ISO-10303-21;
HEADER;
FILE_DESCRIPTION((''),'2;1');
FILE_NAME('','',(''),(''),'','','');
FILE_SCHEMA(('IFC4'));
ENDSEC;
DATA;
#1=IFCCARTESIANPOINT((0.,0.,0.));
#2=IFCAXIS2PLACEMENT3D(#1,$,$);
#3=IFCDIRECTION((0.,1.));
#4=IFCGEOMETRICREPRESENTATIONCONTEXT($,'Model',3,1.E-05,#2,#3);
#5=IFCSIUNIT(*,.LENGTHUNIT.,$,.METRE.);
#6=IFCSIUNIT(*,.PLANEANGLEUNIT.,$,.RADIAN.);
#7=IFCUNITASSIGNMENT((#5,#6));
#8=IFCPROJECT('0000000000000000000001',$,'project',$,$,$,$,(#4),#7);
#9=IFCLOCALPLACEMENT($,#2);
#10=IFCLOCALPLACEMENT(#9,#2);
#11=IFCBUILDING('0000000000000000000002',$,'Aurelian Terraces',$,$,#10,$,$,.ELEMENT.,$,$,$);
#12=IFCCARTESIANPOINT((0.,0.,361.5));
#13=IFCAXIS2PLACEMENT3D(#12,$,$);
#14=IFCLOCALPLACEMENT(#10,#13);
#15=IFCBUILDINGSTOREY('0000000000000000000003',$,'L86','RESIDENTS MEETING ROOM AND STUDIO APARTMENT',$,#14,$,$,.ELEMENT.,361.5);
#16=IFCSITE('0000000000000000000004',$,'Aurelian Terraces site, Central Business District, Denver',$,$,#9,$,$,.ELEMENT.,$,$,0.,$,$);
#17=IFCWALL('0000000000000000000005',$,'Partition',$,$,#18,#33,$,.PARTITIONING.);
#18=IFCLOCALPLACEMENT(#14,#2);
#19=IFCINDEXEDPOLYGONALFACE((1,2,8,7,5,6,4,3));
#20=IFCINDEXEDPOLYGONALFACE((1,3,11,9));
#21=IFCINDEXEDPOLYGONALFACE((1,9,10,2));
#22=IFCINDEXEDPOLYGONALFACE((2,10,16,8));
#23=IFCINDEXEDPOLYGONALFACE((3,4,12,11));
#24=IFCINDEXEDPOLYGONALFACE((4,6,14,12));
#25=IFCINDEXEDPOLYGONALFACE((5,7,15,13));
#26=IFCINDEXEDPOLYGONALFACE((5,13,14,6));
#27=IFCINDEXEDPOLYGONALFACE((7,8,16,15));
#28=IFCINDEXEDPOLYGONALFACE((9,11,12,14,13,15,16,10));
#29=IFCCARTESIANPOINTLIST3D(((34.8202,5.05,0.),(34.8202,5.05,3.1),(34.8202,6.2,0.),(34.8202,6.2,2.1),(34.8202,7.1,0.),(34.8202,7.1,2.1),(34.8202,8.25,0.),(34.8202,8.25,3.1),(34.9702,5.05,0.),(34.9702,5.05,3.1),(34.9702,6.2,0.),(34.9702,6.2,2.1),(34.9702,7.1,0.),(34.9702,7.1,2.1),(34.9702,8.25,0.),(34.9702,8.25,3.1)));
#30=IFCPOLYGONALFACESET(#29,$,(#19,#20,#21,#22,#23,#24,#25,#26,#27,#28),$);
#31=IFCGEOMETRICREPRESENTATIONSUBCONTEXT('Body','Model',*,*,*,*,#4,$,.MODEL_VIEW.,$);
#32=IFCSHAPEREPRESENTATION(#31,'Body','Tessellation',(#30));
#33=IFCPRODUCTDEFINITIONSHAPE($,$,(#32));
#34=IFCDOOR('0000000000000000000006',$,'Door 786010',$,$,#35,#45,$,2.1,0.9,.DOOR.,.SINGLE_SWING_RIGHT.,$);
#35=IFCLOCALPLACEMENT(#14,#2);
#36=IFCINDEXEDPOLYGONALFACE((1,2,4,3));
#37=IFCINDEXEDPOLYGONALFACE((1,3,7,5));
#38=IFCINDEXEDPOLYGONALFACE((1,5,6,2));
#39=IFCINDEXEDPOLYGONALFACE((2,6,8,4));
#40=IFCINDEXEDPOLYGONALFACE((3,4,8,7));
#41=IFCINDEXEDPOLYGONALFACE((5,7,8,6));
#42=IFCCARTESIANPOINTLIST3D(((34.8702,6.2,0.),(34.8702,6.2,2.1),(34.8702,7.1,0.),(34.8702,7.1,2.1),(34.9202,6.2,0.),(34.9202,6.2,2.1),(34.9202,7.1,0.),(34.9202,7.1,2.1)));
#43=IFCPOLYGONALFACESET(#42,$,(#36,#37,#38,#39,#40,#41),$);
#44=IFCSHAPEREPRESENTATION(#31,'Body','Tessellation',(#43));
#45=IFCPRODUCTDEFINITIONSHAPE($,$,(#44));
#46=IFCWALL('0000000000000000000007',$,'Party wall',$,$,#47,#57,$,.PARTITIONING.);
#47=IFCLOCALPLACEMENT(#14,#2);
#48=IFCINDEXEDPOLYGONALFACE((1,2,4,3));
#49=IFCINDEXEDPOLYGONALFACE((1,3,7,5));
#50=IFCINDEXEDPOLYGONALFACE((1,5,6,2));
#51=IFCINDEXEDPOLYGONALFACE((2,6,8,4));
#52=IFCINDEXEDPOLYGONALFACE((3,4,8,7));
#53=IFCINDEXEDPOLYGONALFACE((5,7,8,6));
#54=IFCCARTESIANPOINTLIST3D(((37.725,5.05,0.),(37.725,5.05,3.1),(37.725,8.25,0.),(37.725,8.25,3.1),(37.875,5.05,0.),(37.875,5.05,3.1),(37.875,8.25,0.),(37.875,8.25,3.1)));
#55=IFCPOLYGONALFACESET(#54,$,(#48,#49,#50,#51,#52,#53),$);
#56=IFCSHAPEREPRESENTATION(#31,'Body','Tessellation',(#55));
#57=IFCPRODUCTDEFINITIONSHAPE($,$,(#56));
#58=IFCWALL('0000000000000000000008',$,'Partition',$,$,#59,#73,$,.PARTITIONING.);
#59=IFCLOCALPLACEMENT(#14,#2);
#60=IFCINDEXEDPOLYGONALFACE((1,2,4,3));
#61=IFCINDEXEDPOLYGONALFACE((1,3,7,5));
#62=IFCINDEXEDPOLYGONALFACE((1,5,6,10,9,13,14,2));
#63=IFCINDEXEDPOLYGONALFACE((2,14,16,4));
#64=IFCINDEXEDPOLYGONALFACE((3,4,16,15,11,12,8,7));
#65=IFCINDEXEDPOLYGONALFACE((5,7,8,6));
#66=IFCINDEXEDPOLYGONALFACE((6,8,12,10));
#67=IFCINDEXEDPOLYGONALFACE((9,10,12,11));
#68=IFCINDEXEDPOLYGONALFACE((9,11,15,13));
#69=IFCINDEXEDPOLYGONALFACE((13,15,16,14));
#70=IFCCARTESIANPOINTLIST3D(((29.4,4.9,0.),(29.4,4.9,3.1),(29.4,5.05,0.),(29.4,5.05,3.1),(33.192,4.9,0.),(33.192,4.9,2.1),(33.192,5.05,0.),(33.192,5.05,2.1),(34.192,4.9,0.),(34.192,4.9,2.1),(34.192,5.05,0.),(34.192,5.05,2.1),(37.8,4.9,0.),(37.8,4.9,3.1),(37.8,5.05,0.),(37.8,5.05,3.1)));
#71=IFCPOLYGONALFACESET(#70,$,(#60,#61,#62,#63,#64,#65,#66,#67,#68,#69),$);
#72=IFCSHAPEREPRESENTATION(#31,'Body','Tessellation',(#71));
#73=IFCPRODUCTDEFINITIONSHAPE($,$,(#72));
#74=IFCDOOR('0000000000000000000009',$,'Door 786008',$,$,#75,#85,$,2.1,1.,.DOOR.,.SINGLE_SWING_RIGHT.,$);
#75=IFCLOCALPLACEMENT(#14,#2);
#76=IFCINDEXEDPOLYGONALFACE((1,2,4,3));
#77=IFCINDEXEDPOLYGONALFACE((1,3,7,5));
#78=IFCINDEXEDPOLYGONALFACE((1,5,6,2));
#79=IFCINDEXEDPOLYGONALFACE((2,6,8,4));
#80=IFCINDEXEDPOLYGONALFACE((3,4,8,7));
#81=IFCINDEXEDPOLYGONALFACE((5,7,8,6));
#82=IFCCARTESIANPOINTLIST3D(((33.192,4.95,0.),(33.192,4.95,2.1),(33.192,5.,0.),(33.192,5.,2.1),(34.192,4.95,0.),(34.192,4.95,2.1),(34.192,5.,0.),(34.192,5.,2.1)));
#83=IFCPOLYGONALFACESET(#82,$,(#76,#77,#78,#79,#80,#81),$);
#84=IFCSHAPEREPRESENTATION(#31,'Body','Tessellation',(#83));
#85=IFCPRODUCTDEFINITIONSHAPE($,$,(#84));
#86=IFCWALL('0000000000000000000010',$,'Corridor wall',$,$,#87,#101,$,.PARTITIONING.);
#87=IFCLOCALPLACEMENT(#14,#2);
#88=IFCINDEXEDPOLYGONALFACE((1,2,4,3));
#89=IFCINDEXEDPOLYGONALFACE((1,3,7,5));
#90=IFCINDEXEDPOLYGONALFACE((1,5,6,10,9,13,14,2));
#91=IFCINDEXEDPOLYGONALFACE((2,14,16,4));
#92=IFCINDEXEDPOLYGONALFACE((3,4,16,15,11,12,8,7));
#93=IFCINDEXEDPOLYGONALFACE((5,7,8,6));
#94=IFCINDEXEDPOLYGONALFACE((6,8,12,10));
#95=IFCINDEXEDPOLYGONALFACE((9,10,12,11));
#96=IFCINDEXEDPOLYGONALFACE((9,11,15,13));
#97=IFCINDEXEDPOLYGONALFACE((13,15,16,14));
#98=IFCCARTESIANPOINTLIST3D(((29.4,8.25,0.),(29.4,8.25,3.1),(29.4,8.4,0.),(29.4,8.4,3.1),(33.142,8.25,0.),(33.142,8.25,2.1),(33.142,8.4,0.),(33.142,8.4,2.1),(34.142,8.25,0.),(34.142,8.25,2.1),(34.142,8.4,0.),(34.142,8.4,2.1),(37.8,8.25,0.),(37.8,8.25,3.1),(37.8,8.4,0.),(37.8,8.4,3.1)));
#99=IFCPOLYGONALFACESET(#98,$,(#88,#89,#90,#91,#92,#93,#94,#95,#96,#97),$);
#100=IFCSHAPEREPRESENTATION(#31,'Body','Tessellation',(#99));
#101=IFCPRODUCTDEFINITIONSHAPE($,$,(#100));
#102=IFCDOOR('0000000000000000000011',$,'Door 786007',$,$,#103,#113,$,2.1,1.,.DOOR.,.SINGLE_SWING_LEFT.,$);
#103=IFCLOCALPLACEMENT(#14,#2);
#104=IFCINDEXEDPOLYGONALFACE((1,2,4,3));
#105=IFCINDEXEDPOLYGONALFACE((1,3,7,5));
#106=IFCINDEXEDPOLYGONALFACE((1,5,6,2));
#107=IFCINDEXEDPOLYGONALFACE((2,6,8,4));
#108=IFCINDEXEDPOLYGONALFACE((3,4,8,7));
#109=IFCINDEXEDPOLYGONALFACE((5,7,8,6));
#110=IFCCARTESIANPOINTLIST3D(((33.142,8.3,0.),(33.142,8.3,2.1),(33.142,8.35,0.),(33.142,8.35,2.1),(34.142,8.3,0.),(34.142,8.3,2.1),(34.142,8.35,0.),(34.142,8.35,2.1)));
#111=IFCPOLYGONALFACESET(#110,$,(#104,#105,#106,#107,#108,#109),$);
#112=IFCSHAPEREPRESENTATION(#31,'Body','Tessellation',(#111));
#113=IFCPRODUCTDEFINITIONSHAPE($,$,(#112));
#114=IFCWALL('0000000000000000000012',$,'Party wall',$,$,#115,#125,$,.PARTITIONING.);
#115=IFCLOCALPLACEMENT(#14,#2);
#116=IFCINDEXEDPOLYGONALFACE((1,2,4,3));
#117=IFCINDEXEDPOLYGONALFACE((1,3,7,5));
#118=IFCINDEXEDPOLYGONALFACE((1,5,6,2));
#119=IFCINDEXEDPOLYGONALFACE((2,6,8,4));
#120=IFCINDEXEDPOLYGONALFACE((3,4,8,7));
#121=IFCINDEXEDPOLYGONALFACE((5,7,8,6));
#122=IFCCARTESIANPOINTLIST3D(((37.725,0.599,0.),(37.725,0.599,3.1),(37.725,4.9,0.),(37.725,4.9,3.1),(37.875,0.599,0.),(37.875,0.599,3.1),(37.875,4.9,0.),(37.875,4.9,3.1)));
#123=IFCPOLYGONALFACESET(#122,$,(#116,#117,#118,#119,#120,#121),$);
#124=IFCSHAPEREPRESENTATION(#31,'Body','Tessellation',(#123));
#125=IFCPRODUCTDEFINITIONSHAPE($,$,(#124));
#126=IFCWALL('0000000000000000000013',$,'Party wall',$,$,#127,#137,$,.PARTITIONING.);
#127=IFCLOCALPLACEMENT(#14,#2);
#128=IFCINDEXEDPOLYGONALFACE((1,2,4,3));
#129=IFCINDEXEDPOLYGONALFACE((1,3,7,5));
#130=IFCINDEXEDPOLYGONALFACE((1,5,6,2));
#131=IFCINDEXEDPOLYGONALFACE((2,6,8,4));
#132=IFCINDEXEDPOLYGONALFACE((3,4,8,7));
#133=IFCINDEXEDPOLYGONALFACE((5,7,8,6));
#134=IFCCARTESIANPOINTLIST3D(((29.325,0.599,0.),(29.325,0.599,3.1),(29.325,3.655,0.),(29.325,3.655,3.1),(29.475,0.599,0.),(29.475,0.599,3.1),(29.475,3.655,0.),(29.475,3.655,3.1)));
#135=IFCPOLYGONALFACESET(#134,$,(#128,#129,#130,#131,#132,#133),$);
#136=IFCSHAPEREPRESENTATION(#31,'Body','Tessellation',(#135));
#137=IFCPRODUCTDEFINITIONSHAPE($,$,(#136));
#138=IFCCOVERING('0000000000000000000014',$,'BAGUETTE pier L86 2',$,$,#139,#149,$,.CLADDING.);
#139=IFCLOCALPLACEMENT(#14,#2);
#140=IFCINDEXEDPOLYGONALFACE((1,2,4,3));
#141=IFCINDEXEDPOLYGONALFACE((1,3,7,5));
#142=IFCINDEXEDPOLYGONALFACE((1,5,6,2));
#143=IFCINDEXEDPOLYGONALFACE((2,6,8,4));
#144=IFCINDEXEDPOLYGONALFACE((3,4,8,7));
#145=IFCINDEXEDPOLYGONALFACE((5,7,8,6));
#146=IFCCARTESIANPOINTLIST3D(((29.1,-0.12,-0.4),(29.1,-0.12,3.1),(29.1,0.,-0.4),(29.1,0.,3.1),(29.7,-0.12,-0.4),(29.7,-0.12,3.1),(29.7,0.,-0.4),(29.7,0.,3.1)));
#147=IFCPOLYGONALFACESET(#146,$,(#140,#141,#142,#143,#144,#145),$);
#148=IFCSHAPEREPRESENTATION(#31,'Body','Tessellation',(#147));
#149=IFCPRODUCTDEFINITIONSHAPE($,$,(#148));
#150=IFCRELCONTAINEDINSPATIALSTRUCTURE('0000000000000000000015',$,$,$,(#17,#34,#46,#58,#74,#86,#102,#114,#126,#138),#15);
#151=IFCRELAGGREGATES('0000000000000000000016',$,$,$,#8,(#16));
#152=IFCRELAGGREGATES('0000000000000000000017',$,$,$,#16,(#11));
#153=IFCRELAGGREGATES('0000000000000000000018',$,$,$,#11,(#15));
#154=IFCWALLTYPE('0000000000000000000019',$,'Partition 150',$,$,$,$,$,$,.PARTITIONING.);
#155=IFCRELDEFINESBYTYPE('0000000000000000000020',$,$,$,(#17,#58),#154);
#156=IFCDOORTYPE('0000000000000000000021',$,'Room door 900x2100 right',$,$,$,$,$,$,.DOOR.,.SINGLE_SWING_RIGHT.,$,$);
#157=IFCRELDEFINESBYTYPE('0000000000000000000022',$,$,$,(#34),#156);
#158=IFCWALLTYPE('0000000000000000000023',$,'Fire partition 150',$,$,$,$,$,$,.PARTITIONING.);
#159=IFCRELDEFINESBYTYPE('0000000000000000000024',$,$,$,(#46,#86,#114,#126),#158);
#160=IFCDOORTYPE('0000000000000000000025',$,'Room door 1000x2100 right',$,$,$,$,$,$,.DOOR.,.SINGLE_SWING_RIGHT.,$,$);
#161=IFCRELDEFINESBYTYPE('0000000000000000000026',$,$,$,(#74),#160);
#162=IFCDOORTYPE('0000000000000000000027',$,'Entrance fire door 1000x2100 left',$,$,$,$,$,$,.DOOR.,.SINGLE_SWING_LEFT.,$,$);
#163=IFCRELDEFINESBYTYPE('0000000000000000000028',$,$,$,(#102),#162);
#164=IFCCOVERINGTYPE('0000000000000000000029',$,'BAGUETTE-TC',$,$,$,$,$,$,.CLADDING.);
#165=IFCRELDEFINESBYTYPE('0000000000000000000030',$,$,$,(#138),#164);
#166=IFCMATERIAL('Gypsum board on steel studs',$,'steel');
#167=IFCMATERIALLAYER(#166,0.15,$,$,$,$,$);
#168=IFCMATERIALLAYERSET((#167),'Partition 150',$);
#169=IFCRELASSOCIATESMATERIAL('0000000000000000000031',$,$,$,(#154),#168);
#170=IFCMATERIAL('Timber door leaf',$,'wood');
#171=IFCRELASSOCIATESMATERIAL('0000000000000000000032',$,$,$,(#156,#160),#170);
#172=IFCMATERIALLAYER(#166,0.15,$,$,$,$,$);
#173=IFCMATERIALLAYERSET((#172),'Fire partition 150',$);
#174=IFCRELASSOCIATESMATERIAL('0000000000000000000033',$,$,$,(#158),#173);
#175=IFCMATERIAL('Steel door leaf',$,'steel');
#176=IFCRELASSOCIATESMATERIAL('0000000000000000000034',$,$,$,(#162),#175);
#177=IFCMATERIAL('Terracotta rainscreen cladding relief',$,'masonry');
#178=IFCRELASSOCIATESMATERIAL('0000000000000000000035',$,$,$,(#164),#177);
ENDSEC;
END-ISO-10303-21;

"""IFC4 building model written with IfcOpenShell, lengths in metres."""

from ifc_helpers import new_model, si_unit, direction, frame, frame_2d, origin, origin_2d, place, context, subcontext, project, spatial, rectangle, extrude, source, transform, mapped, material, layer, layer_set, type_object, element, fill, save


model = new_model("IFC4")

# Units and contexts
model_context = context("Model", 3, precision=1e-05, world=origin(), true_north=direction((0.0, 1.0)))
body_context = subcontext(model_context, "Body", "Model", "MODEL_VIEW")
ifc_project = project(units=[si_unit("LENGTHUNIT", "METRE"), si_unit("PLANEANGLEUNIT", "RADIAN")], contexts=[model_context])

# Site, building, storey
site_placement = place(None, origin())
site = spatial("IfcSite", under=ifc_project, at=site_placement, Name="Aurelian Terraces site, Central Business District, Denver", CompositionType="ELEMENT", RefElevation=0.0)
building_placement = place(site_placement, origin())
building = spatial("IfcBuilding", under=site, at=building_placement, Name="Aurelian Terraces", CompositionType="ELEMENT")
storey_placement = place(building_placement, frame((0.0, 0.0, 361.5)))
storey = spatial("IfcBuildingStorey", under=building, at=storey_placement, Name="L86", Description="RESIDENTS MEETING ROOM AND STUDIO APARTMENT", CompositionType="ELEMENT", Elevation=361.5)

# Shared definitions
ifc_material_1 = material(Name="Gypsum board on steel studs", Category="steel")
ifc_layer_1 = layer(ifc_material_1, 0.15)
ifc_layer_set_1 = layer_set([ifc_layer_1], Name="Partition 150")
wall_type_1 = type_object("IfcWallType", Name="Partition 150", PredefinedType="PARTITIONING", material=ifc_layer_set_1)

# Wall, opening, door
shared_shape_1 = source(origin(), body_context, "Body", "SweptSolid", [
    extrude(rectangle(XDim=3.2, YDim=0.15, at=frame_2d((1.6, 0.0))), origin(), (0.0, 0.0, 1.0), 3.1),
])
shared_shape_2 = source(origin(), body_context, "Body", "SweptSolid", [
    extrude(rectangle(XDim=0.9, YDim=2.1, at=frame_2d((0.45, 1.05))), frame((0.0, 0.085, 0.0), z_axis=(0.0, -1.0, 0.0), x_axis=(1.0, 0.0, 0.0)), (0.0, 0.0, 1.0), 0.17),
])
ifc_material_2 = material(Name="Timber door leaf", Category="wood")
shared_shape_3 = source(origin(), body_context, "Body", "SweptSolid", [
    extrude(rectangle(XDim=0.9, YDim=2.1, at=frame_2d((0.45, 1.05))), frame((0.0, 0.025, 0.0), z_axis=(0.0, -1.0, 0.0), x_axis=(1.0, 0.0, 0.0)), (0.0, 0.0, 1.0), 0.05),
])
wall_1_placement = place(storey_placement, frame((34.8952, 5.05, 0.0), z_axis=(0.0, 0.0, 1.0), x_axis=(0.0, 1.0, 0.0)))
wall_1 = element("IfcWall", 1, at=wall_1_placement, inside=storey, type_object=wall_type_1, Name="Partition", PredefinedType="PARTITIONING", context=body_context, shape_type="MappedRepresentation", body=[
    mapped(shared_shape_1, transform((0.0, 0.0, 0.0), scale=1.0)),
])
opening_1_placement = place(wall_1_placement, frame((1.15, 0.0, 0.0)))
opening_1 = element("IfcOpeningElement", 2, at=opening_1_placement, cuts=wall_1, PredefinedType="OPENING", context=body_context, shape_type="MappedRepresentation", body=[
    mapped(shared_shape_2, transform((0.0, 0.0, 0.0), scale=1.0)),
])
door_type_1 = type_object("IfcDoorType", Name="Room door 900x2100 right", OperationType="SINGLE_SWING_RIGHT", PredefinedType="DOOR", material=ifc_material_2)
door_1_placement = place(opening_1_placement, origin())
door_1 = element("IfcDoor", 3, at=door_1_placement, inside=storey, type_object=door_type_1, Name="Door 786010", OperationType="SINGLE_SWING_RIGHT", OverallHeight=2.1, OverallWidth=0.9, PredefinedType="DOOR", context=body_context, shape_type="MappedRepresentation", body=[
    mapped(shared_shape_3, transform((0.0, 0.0, 0.0), scale=1.0)),
])
fill(opening_1, door_1)

# Wall
ifc_layer_2 = layer(ifc_material_1, 0.15)
ifc_layer_set_2 = layer_set([ifc_layer_2], Name="Fire partition 150")
wall_type_2 = type_object("IfcWallType", Name="Fire partition 150", PredefinedType="PARTITIONING", material=ifc_layer_set_2)
wall_2_placement = place(storey_placement, frame((37.8, 5.05, 0.0), z_axis=(0.0, 0.0, 1.0), x_axis=(0.0, 1.0, 0.0)))
element("IfcWall", 4, at=wall_2_placement, inside=storey, type_object=wall_type_2, Name="Party wall", PredefinedType="PARTITIONING", context=body_context, shape_type="MappedRepresentation", body=[
    mapped(shared_shape_1, transform((0.0, 0.0, 0.0), scale=1.0)),
])

# Walls, openings, doors
shared_shape_4 = source(origin(), body_context, "Body", "SweptSolid", [
    extrude(rectangle(XDim=8.4, YDim=0.15, at=frame_2d((4.2, 0.0))), origin(), (0.0, 0.0, 1.0), 3.1),
])
wall_3_placement = place(storey_placement, frame((37.8, 4.975, 0.0), z_axis=(0.0, 0.0, 1.0), x_axis=(-1.0, 0.0, 0.0)))
wall_3 = element("IfcWall", 5, at=wall_3_placement, inside=storey, type_object=wall_type_1, Name="Partition", PredefinedType="PARTITIONING", context=body_context, shape_type="MappedRepresentation", body=[
    mapped(shared_shape_4, transform((0.0, 0.0, 0.0), scale=1.0)),
])
shared_shape_5 = source(origin(), body_context, "Body", "SweptSolid", [
    extrude(rectangle(XDim=1.0, YDim=2.1, at=frame_2d((0.5, 1.05))), frame((0.0, 0.085, 0.0), z_axis=(0.0, -1.0, 0.0), x_axis=(1.0, 0.0, 0.0)), (0.0, 0.0, 1.0), 0.17),
])
opening_2_placement = place(wall_3_placement, frame((3.608, 0.0, 0.0)))
opening_2 = element("IfcOpeningElement", 6, at=opening_2_placement, cuts=wall_3, PredefinedType="OPENING", context=body_context, shape_type="MappedRepresentation", body=[
    mapped(shared_shape_5, transform((0.0, 0.0, 0.0), scale=1.0)),
])
door_type_2 = type_object("IfcDoorType", Name="Room door 1000x2100 right", OperationType="SINGLE_SWING_RIGHT", PredefinedType="DOOR", material=ifc_material_2)
shared_shape_6 = source(origin(), body_context, "Body", "SweptSolid", [
    extrude(rectangle(XDim=1.0, YDim=2.1, at=frame_2d((0.5, 1.05))), frame((0.0, 0.025, 0.0), z_axis=(0.0, -1.0, 0.0), x_axis=(1.0, 0.0, 0.0)), (0.0, 0.0, 1.0), 0.05),
])
door_2_placement = place(opening_2_placement, origin())
door_2 = element("IfcDoor", 7, at=door_2_placement, inside=storey, type_object=door_type_2, Name="Door 786008", OperationType="SINGLE_SWING_RIGHT", OverallHeight=2.1, OverallWidth=1.0, PredefinedType="DOOR", context=body_context, shape_type="MappedRepresentation", body=[
    mapped(shared_shape_6, transform((0.0, 0.0, 0.0), scale=1.0)),
])
fill(opening_2, door_2)
wall_4_placement = place(storey_placement, frame((37.8, 8.325, 0.0), z_axis=(0.0, 0.0, 1.0), x_axis=(-1.0, 0.0, 0.0)))
wall_4 = element("IfcWall", 8, at=wall_4_placement, inside=storey, type_object=wall_type_2, Name="Corridor wall", PredefinedType="PARTITIONING", context=body_context, shape_type="MappedRepresentation", body=[
    mapped(shared_shape_4, transform((0.0, 0.0, 0.0), scale=1.0)),
])
opening_3_placement = place(wall_4_placement, frame((3.658, 0.0, 0.0)))
opening_3 = element("IfcOpeningElement", 9, at=opening_3_placement, cuts=wall_4, PredefinedType="OPENING", context=body_context, shape_type="MappedRepresentation", body=[
    mapped(shared_shape_5, transform((0.0, 0.0, 0.0), scale=1.0)),
])
ifc_material_3 = material(Name="Steel door leaf", Category="steel")
door_type_3 = type_object("IfcDoorType", Name="Entrance fire door 1000x2100 left", OperationType="SINGLE_SWING_LEFT", PredefinedType="DOOR", material=ifc_material_3)
door_3_placement = place(opening_3_placement, origin())
door_3 = element("IfcDoor", 10, at=door_3_placement, inside=storey, type_object=door_type_3, Name="Door 786007", OperationType="SINGLE_SWING_LEFT", OverallHeight=2.1, OverallWidth=1.0, PredefinedType="DOOR", context=body_context, shape_type="MappedRepresentation", body=[
    mapped(shared_shape_6, transform((0.0, 0.0, 0.0), scale=1.0)),
])
fill(opening_3, door_3)

# Walls
shared_shape_7 = source(origin(), body_context, "Body", "SweptSolid", [
    extrude(rectangle(XDim=4.301, YDim=0.15, at=frame_2d((2.1505, 0.0))), origin(), (0.0, 0.0, 1.0), 3.1),
])
wall_5_placement = place(storey_placement, frame((37.8, 0.599, 0.0), z_axis=(0.0, 0.0, 1.0), x_axis=(0.0, 1.0, 0.0)))
element("IfcWall", 11, at=wall_5_placement, inside=storey, type_object=wall_type_2, Name="Party wall", PredefinedType="PARTITIONING", context=body_context, shape_type="MappedRepresentation", body=[
    mapped(shared_shape_7, transform((0.0, 0.0, 0.0), scale=1.0)),
])
shared_shape_8 = source(origin(), body_context, "Body", "SweptSolid", [
    extrude(rectangle(XDim=3.056, YDim=0.15, at=frame_2d((1.528, 0.0))), origin(), (0.0, 0.0, 1.0), 3.1),
])
wall_6_placement = place(storey_placement, frame((29.4, 0.599, 0.0), z_axis=(0.0, 0.0, 1.0), x_axis=(0.0, 1.0, 0.0)))
element("IfcWall", 12, at=wall_6_placement, inside=storey, type_object=wall_type_2, Name="Party wall", PredefinedType="PARTITIONING", context=body_context, shape_type="MappedRepresentation", body=[
    mapped(shared_shape_8, transform((0.0, 0.0, 0.0), scale=1.0)),
])

# Covering
ifc_material_4 = material(Name="Terracotta rainscreen cladding relief", Category="masonry")
covering_type = type_object("IfcCoveringType", Name="BAGUETTE-TC", PredefinedType="CLADDING", material=ifc_material_4)
shared_shape_9 = source(origin(), body_context, "Body", "SweptSolid", [
    extrude(rectangle(XDim=0.6, YDim=0.12, at=origin_2d()), origin(), (0.0, 0.0, 1.0), 3.5),
])
covering_placement = place(storey_placement, frame((29.4, -0.06, -0.4), z_axis=(0.0, 0.0, 1.0), x_axis=(1.0, 0.0, 0.0)))
element("IfcCovering", 13, at=covering_placement, inside=storey, type_object=covering_type, Name="BAGUETTE pier L86 2", PredefinedType="CLADDING", context=body_context, shape_type="MappedRepresentation", body=[
    mapped(shared_shape_9, transform((0.0, 0.0, 0.0), scale=1.0)),
])

save(model, "model.ifc")
